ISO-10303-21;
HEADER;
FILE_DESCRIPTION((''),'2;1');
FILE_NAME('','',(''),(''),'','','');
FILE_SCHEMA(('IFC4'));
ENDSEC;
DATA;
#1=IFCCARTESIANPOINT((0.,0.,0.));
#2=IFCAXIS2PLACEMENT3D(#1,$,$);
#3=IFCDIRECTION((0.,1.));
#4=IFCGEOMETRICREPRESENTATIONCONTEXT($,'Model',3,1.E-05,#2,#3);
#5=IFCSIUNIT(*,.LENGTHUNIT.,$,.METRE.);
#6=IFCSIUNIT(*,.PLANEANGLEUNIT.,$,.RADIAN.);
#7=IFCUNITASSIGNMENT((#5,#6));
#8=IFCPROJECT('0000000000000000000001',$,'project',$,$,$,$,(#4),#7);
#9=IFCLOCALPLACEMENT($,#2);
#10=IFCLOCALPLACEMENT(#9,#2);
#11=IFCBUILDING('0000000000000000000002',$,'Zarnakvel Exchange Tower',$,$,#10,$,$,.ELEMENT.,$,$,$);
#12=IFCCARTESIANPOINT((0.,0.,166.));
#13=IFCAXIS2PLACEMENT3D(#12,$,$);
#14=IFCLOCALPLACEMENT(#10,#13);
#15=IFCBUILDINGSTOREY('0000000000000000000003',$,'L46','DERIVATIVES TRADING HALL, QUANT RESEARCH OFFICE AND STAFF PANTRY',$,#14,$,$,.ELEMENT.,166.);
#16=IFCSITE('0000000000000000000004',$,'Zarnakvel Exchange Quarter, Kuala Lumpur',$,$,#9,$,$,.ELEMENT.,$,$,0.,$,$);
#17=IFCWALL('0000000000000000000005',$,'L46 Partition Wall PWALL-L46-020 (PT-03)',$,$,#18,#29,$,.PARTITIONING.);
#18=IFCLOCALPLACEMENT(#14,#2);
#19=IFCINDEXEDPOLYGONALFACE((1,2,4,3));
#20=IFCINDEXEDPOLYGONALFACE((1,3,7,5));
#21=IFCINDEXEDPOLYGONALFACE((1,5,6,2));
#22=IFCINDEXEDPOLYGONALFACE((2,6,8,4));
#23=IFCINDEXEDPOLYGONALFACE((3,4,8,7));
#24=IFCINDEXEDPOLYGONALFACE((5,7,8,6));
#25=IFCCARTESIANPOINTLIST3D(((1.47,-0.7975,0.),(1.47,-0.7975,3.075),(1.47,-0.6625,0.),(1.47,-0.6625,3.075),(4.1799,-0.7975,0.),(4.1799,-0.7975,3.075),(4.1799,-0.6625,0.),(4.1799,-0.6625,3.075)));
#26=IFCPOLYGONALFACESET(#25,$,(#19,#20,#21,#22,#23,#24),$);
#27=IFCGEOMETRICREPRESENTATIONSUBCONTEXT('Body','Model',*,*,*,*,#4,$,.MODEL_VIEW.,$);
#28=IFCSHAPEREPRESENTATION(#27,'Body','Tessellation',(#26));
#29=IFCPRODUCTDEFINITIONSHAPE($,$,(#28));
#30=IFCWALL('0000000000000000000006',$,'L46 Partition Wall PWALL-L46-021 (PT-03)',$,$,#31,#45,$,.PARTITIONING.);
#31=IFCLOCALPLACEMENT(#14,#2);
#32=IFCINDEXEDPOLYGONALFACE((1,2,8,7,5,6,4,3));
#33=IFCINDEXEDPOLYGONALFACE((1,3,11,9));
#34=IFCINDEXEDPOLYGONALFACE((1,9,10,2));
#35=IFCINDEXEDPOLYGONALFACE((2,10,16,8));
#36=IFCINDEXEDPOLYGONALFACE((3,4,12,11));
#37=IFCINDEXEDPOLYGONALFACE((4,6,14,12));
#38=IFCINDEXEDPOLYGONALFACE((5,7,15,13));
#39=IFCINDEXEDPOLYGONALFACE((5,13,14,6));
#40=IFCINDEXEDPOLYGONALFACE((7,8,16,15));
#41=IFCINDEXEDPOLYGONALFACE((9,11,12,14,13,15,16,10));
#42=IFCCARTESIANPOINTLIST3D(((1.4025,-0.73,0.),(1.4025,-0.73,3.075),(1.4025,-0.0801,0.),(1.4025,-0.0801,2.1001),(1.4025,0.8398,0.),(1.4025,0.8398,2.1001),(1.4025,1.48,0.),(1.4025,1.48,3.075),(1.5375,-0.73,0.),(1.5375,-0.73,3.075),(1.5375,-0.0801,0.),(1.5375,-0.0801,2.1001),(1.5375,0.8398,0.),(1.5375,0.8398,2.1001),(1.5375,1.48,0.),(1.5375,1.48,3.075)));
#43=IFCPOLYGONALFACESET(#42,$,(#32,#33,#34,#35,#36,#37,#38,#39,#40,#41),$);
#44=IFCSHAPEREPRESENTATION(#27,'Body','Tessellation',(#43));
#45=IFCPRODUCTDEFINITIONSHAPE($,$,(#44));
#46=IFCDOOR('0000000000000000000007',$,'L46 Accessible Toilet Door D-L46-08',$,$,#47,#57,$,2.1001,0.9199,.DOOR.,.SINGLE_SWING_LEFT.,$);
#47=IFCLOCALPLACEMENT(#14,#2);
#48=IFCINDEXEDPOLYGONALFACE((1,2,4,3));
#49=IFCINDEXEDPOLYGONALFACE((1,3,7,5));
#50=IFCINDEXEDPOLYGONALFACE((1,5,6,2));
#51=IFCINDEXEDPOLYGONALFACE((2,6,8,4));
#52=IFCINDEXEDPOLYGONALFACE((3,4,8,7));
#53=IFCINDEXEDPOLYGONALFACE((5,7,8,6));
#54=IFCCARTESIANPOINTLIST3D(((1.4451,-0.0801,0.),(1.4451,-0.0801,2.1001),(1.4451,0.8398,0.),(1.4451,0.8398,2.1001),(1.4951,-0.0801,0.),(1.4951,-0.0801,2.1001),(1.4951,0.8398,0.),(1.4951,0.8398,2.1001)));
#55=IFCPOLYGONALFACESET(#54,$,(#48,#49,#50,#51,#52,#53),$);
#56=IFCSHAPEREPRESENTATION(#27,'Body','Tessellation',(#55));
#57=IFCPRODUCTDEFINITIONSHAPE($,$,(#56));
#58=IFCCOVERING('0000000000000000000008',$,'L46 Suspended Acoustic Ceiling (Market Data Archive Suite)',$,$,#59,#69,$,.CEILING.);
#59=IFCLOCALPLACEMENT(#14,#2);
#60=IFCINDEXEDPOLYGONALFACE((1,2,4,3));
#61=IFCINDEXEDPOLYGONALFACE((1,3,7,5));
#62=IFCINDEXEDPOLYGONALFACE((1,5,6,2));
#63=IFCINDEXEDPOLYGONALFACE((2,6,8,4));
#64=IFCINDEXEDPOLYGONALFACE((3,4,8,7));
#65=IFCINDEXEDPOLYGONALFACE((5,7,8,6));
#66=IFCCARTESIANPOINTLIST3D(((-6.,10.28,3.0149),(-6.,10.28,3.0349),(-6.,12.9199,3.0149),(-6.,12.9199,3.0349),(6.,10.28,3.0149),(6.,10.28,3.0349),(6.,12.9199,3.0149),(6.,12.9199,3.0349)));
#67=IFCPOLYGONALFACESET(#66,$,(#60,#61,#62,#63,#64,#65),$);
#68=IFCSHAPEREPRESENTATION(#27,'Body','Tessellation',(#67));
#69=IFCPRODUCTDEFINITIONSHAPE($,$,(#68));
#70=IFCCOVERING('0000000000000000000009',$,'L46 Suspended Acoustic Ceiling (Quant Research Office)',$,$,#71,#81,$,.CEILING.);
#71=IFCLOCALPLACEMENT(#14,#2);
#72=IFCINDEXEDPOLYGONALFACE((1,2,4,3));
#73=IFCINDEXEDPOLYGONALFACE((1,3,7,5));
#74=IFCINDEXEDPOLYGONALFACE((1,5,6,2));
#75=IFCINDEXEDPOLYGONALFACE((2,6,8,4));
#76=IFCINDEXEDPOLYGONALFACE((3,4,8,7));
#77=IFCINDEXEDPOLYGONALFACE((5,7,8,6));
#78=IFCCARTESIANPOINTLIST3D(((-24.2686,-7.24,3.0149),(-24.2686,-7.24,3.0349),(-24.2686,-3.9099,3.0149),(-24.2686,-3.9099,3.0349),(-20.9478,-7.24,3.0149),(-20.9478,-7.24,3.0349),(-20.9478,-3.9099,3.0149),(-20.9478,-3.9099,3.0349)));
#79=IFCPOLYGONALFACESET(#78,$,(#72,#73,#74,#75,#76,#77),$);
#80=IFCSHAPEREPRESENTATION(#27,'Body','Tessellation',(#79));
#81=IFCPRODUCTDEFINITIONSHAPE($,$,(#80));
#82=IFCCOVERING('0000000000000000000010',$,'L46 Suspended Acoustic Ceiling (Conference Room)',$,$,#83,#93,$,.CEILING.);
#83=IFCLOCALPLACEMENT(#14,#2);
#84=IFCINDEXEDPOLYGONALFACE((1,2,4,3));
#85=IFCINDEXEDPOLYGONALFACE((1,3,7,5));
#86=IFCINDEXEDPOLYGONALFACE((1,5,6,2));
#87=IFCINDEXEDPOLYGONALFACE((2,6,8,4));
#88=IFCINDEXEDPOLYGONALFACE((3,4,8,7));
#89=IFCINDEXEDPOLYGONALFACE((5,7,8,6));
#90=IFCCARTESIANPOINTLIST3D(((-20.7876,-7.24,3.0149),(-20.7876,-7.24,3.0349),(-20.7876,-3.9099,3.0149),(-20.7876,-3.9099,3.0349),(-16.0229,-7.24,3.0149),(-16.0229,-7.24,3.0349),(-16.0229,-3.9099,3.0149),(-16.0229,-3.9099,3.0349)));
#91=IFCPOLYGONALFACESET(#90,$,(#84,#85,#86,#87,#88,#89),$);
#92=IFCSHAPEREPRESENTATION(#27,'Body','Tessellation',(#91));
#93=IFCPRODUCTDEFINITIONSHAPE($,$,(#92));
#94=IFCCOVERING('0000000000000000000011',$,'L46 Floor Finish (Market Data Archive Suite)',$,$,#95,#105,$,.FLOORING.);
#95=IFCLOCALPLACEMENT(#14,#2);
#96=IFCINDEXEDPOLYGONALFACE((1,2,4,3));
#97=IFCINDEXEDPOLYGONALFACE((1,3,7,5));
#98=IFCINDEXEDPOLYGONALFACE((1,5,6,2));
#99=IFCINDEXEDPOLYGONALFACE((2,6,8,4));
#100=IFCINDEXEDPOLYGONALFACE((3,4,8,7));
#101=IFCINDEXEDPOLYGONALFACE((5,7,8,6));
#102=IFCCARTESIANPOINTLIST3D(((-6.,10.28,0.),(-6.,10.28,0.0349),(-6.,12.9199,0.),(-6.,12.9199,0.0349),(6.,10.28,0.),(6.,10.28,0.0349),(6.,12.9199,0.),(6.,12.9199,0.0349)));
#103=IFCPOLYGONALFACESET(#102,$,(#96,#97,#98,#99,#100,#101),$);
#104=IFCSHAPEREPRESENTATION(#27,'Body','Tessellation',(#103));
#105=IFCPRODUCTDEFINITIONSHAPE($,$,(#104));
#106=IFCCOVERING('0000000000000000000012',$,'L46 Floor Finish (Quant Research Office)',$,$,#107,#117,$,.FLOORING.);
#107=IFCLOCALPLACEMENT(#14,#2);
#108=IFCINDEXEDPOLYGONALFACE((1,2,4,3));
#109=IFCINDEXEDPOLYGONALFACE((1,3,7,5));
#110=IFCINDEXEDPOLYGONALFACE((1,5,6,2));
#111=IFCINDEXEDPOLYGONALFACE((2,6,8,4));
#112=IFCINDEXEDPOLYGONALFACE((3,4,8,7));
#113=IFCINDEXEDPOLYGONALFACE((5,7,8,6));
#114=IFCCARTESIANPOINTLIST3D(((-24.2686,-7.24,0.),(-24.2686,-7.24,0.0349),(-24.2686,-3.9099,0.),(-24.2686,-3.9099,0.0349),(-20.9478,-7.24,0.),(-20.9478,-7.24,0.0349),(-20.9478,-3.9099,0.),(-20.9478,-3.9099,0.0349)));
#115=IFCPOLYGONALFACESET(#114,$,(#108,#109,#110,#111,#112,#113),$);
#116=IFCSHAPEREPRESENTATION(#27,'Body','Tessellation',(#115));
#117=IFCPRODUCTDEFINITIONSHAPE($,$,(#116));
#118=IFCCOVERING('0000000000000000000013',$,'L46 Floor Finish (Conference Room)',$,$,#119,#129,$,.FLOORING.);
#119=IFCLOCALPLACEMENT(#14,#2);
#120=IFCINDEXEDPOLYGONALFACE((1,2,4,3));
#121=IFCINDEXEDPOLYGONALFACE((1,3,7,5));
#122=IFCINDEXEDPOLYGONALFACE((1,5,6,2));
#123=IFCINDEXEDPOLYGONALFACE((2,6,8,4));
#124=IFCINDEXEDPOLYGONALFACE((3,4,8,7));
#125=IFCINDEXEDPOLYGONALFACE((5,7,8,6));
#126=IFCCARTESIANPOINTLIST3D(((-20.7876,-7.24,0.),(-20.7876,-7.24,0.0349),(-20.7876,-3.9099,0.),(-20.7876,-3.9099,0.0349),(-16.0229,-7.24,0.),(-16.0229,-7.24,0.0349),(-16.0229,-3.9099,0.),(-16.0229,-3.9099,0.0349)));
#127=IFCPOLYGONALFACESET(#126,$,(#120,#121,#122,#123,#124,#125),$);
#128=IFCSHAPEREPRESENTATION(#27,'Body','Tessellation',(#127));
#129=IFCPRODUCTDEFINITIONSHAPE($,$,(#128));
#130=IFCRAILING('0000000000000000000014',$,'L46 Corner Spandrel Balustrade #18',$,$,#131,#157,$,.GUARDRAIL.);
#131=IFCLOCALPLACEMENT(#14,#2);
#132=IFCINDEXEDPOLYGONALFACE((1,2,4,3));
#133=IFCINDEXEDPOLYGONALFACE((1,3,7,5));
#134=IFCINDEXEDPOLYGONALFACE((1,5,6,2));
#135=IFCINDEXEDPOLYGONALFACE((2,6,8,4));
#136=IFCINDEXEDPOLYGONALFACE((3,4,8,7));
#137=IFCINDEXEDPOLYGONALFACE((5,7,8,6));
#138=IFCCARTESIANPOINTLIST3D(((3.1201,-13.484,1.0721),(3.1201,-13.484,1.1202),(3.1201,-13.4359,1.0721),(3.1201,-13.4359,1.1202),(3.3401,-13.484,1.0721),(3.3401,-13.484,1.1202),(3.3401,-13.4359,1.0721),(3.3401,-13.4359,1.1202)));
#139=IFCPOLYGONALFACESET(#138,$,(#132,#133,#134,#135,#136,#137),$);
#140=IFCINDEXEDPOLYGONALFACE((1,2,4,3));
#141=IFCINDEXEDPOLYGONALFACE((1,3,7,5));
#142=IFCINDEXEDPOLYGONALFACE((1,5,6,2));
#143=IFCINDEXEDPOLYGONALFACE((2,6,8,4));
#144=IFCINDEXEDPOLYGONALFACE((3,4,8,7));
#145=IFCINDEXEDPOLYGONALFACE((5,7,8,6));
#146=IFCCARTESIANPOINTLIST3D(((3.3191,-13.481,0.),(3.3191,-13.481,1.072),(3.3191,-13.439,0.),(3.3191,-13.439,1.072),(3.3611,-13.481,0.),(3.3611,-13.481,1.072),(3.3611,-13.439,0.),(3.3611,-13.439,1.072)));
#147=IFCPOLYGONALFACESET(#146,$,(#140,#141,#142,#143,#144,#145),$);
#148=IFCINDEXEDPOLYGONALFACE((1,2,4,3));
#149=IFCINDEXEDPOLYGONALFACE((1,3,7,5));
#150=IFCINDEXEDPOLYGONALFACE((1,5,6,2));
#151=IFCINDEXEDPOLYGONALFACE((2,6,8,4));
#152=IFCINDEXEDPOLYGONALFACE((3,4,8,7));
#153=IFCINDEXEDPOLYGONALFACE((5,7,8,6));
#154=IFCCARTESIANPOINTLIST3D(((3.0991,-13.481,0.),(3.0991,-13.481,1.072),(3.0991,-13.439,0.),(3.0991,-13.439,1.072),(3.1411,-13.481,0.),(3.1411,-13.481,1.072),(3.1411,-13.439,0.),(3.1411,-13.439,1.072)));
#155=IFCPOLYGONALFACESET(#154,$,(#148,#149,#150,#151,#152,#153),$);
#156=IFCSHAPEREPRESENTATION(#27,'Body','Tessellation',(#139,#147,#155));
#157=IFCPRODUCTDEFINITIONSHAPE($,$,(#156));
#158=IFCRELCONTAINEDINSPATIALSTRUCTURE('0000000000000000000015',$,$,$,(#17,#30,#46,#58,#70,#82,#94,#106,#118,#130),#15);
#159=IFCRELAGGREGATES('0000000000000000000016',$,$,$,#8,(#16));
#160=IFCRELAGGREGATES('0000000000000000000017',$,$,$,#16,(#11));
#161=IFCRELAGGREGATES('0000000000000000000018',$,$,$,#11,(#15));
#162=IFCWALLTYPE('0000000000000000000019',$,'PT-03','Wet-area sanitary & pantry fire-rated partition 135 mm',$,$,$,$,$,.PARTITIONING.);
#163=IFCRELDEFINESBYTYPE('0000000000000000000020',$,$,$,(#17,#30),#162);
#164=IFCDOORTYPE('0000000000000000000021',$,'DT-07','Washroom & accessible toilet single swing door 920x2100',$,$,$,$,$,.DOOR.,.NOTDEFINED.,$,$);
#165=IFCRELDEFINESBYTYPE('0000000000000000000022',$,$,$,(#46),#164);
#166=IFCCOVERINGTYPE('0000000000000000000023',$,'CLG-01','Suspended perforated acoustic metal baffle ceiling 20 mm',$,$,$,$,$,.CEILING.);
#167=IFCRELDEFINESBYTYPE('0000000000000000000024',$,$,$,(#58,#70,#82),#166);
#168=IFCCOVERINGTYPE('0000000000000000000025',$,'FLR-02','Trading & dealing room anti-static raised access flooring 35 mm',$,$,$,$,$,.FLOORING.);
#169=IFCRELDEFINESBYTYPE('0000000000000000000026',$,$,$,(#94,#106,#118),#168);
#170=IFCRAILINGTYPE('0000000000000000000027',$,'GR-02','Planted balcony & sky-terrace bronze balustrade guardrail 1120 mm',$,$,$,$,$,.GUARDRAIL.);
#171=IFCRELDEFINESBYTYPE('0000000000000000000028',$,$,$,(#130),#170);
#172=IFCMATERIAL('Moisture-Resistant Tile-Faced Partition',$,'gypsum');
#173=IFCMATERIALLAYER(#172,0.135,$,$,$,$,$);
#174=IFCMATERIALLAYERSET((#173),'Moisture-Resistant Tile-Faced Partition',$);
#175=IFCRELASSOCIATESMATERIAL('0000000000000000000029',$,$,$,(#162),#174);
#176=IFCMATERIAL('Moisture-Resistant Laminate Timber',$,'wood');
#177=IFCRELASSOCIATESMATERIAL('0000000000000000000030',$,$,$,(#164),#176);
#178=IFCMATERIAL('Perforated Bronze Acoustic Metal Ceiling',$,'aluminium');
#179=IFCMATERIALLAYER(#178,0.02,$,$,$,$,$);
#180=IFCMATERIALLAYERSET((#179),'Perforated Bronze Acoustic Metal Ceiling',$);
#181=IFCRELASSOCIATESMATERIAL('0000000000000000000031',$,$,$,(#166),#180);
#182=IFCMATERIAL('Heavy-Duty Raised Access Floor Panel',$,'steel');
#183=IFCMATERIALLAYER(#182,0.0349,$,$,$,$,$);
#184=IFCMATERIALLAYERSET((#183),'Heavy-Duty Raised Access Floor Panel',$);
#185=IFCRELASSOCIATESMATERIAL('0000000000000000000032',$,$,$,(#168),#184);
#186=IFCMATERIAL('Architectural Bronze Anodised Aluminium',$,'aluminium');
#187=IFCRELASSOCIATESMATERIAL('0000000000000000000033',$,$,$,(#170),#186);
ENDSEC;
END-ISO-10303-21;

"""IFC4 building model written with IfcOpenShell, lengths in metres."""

from ifc_helpers import new_model, si_unit, direction, frame, frame_2d, origin, origin_2d, place, context, subcontext, project, spatial, polyline, rectangle, outline, extrude, source, transform, mapped, material, layer, layer_set, type_object, element, fill, save


model = new_model("IFC4")

# Units and contexts
model_context = context("Model", 3, precision=1e-05, world=origin(), true_north=direction((0.0, 1.0)))
body_context = subcontext(model_context, "Body", "Model", "MODEL_VIEW")
ifc_project = project(units=[si_unit("LENGTHUNIT", "METRE"), si_unit("PLANEANGLEUNIT", "RADIAN")], contexts=[model_context])

# Site, building, storey
site_placement = place(None, origin())
site = spatial("IfcSite", under=ifc_project, at=site_placement, Name="Zarnakvel Exchange Quarter, Kuala Lumpur", CompositionType="ELEMENT", RefElevation=0.0)
building_placement = place(site_placement, origin())
building = spatial("IfcBuilding", under=site, at=building_placement, Name="Zarnakvel Exchange Tower", CompositionType="ELEMENT")
storey_placement = place(building_placement, frame((0.0, 0.0, 166.0)))
storey = spatial("IfcBuildingStorey", under=building, at=storey_placement, Name="L46", Description="DERIVATIVES TRADING HALL, QUANT RESEARCH OFFICE AND STAFF PANTRY", CompositionType="ELEMENT", Elevation=166.0)

# Wall
ifc_material_1 = material(Name="Moisture-Resistant Tile-Faced Partition", Category="gypsum")
ifc_layer_1 = layer(ifc_material_1, 0.135)
ifc_layer_set_1 = layer_set([ifc_layer_1], Name="Moisture-Resistant Tile-Faced Partition")
wall_type_1 = type_object("IfcWallType", Name="PT-03", Description="Wet-area sanitary & pantry fire-rated partition 135 mm", PredefinedType="PARTITIONING", material=ifc_layer_set_1)
wall_1_placement = place(storey_placement, frame((4.1799, -0.73, 0.0), z_axis=(0.0, 0.0, 1.0), x_axis=(-1.0, 0.0, 0.0)))
element("IfcWall", 1, at=wall_1_placement, inside=storey, type_object=wall_type_1, Name="L46 Partition Wall PWALL-L46-020 (PT-03)", PredefinedType="PARTITIONING", context=body_context, shape_type="SweptSolid", body=[
    extrude(rectangle(XDim=2.71, YDim=0.135, at=frame_2d((1.355, 0.0))), origin(), (0.0, 0.0, 1.0), 3.075),
])

# Wall, opening, door
wall_2_placement = place(storey_placement, frame((1.47, -0.73, 0.0), z_axis=(0.0, 0.0, 1.0), x_axis=(0.0, 1.0, 0.0)))
wall_2 = element("IfcWall", 2, at=wall_2_placement, inside=storey, type_object=wall_type_1, Name="L46 Partition Wall PWALL-L46-021 (PT-03)", PredefinedType="PARTITIONING", context=body_context, shape_type="SweptSolid", body=[
    extrude(rectangle(XDim=2.21, YDim=0.135, at=frame_2d((1.105, 0.0))), origin(), (0.0, 0.0, 1.0), 3.075),
])
opening_1_placement = place(wall_2_placement, frame((0.6499, 0.0, 0.0)))
opening_1 = element("IfcOpeningElement", 3, at=opening_1_placement, cuts=wall_2, PredefinedType="OPENING", context=body_context, shape_type="SweptSolid", body=[
    extrude(rectangle(XDim=0.9199, YDim=2.1001, at=frame_2d((0.46, 1.05))), frame((0.0, 0.0774, 0.0), z_axis=(0.0, -1.0, 0.0), x_axis=(1.0, 0.0, 0.0)), (0.0, 0.0, 1.0), 0.155),
])
ifc_material_2 = material(Name="Moisture-Resistant Laminate Timber", Category="wood")
door_type_1 = type_object("IfcDoorType", Name="DT-07", Description="Washroom & accessible toilet single swing door 920x2100", OperationType="NOTDEFINED", PredefinedType="DOOR", material=ifc_material_2)
shared_shape_1 = source(origin(), body_context, "Body", "SweptSolid", [
    extrude(rectangle(XDim=0.9199, YDim=2.1001, at=frame_2d((0.46, 1.05))), frame((0.0, 0.0249, 0.0), z_axis=(0.0, -1.0, 0.0), x_axis=(1.0, 0.0, 0.0)), (0.0, 0.0, 1.0), 0.05),
])
door_1_placement = place(opening_1_placement, origin())
door_1 = element("IfcDoor", 4, at=door_1_placement, inside=storey, type_object=door_type_1, Name="L46 Accessible Toilet Door D-L46-08", OperationType="SINGLE_SWING_LEFT", OverallHeight=2.1001, OverallWidth=0.9199, PredefinedType="DOOR", context=body_context, shape_type="MappedRepresentation", body=[
    mapped(shared_shape_1, transform((0.0, 0.0, 0.0), x_axis=(1.0, 0.0, 0.0), y_axis=(0.0, 1.0, 0.0), z_axis=(0.0, 0.0, 1.0), scale=1.0)),
])
fill(opening_1, door_1)

# Coverings
ifc_material_3 = material(Name="Perforated Bronze Acoustic Metal Ceiling", Category="aluminium")
ifc_layer_2 = layer(ifc_material_3, 0.02)
ifc_layer_set_2 = layer_set([ifc_layer_2], Name="Perforated Bronze Acoustic Metal Ceiling")
covering_type_1 = type_object("IfcCoveringType", Name="CLG-01", Description="Suspended perforated acoustic metal baffle ceiling 20 mm", PredefinedType="CEILING", material=ifc_layer_set_2)
covering_1_placement = place(storey_placement, frame((0.0, 0.0, 3.0149)))
element("IfcCovering", 5, at=covering_1_placement, inside=storey, type_object=covering_type_1, Name="L46 Suspended Acoustic Ceiling (Market Data Archive Suite)", PredefinedType="CEILING", context=body_context, shape_type="SweptSolid", body=[
    extrude(outline(polyline([(-6.0, 12.9199), (6.0, 12.9199), (6.0, 10.28), (-6.0, 10.28), (-6.0, 12.9199)])), origin(), (0.0, 0.0, 1.0), 0.02),
])
covering_2_placement = place(storey_placement, frame((0.0, 0.0, 3.0149)))
element("IfcCovering", 6, at=covering_2_placement, inside=storey, type_object=covering_type_1, Name="L46 Suspended Acoustic Ceiling (Quant Research Office)", PredefinedType="CEILING", context=body_context, shape_type="SweptSolid", body=[
    extrude(outline(polyline([(-24.2686, -3.9099), (-20.9478, -3.9099), (-20.9478, -7.24), (-24.2686, -7.24), (-24.2686, -3.9099)])), origin(), (0.0, 0.0, 1.0), 0.02),
])
covering_3_placement = place(storey_placement, frame((0.0, 0.0, 3.0149)))
element("IfcCovering", 7, at=covering_3_placement, inside=storey, type_object=covering_type_1, Name="L46 Suspended Acoustic Ceiling (Conference Room)", PredefinedType="CEILING", context=body_context, shape_type="SweptSolid", body=[
    extrude(outline(polyline([(-20.7876, -3.9099), (-16.0229, -3.9099), (-16.0229, -7.24), (-20.7876, -7.24), (-20.7876, -3.9099)])), origin(), (0.0, 0.0, 1.0), 0.02),
])
ifc_material_4 = material(Name="Heavy-Duty Raised Access Floor Panel", Category="steel")
ifc_layer_3 = layer(ifc_material_4, 0.0349)
ifc_layer_set_3 = layer_set([ifc_layer_3], Name="Heavy-Duty Raised Access Floor Panel")
covering_type_2 = type_object("IfcCoveringType", Name="FLR-02", Description="Trading & dealing room anti-static raised access flooring 35 mm", PredefinedType="FLOORING", material=ifc_layer_set_3)
covering_4_placement = place(storey_placement, origin())
element("IfcCovering", 8, at=covering_4_placement, inside=storey, type_object=covering_type_2, Name="L46 Floor Finish (Market Data Archive Suite)", PredefinedType="FLOORING", context=body_context, shape_type="SweptSolid", body=[
    extrude(outline(polyline([(-6.0, 12.9199), (6.0, 12.9199), (6.0, 10.28), (-6.0, 10.28), (-6.0, 12.9199)])), origin(), (0.0, 0.0, 1.0), 0.0349),
])
covering_5_placement = place(storey_placement, origin())
element("IfcCovering", 9, at=covering_5_placement, inside=storey, type_object=covering_type_2, Name="L46 Floor Finish (Quant Research Office)", PredefinedType="FLOORING", context=body_context, shape_type="SweptSolid", body=[
    extrude(outline(polyline([(-24.2686, -3.9099), (-20.9478, -3.9099), (-20.9478, -7.24), (-24.2686, -7.24), (-24.2686, -3.9099)])), origin(), (0.0, 0.0, 1.0), 0.0349),
])
covering_6_placement = place(storey_placement, origin())
element("IfcCovering", 10, at=covering_6_placement, inside=storey, type_object=covering_type_2, Name="L46 Floor Finish (Conference Room)", PredefinedType="FLOORING", context=body_context, shape_type="SweptSolid", body=[
    extrude(outline(polyline([(-20.7876, -3.9099), (-16.0229, -3.9099), (-16.0229, -7.24), (-20.7876, -7.24), (-20.7876, -3.9099)])), origin(), (0.0, 0.0, 1.0), 0.0349),
])

# Railing
ifc_material_5 = material(Name="Architectural Bronze Anodised Aluminium", Category="aluminium")
railing_type = type_object("IfcRailingType", Name="GR-02", Description="Planted balcony & sky-terrace bronze balustrade guardrail 1120 mm", PredefinedType="GUARDRAIL", material=ifc_material_5)
railing_placement = place(storey_placement, frame((3.3401, -13.46, 0.0)))
element("IfcRailing", 11, at=railing_placement, inside=storey, type_object=railing_type, Name="L46 Corner Spandrel Balustrade #18", PredefinedType="GUARDRAIL", context=body_context, shape_type="SweptSolid", body=[
    extrude(rectangle(XDim=0.0481, YDim=0.0481, at=origin_2d()), frame((0.0, 0.0, 1.0962), z_axis=(-1.0, 0.0, 0.0), x_axis=(0.0, -1.0, 0.0)), (0.0, 0.0, 1.0), 0.22),
    extrude(rectangle(XDim=0.042, YDim=0.042, at=origin_2d()), origin(), (0.0, 0.0, 1.0), 1.072),
    extrude(rectangle(XDim=0.042, YDim=0.042, at=origin_2d()), frame((-0.22, 0.0, 0.0)), (0.0, 0.0, 1.0), 1.072),
])

save(model, "model.ifc")
